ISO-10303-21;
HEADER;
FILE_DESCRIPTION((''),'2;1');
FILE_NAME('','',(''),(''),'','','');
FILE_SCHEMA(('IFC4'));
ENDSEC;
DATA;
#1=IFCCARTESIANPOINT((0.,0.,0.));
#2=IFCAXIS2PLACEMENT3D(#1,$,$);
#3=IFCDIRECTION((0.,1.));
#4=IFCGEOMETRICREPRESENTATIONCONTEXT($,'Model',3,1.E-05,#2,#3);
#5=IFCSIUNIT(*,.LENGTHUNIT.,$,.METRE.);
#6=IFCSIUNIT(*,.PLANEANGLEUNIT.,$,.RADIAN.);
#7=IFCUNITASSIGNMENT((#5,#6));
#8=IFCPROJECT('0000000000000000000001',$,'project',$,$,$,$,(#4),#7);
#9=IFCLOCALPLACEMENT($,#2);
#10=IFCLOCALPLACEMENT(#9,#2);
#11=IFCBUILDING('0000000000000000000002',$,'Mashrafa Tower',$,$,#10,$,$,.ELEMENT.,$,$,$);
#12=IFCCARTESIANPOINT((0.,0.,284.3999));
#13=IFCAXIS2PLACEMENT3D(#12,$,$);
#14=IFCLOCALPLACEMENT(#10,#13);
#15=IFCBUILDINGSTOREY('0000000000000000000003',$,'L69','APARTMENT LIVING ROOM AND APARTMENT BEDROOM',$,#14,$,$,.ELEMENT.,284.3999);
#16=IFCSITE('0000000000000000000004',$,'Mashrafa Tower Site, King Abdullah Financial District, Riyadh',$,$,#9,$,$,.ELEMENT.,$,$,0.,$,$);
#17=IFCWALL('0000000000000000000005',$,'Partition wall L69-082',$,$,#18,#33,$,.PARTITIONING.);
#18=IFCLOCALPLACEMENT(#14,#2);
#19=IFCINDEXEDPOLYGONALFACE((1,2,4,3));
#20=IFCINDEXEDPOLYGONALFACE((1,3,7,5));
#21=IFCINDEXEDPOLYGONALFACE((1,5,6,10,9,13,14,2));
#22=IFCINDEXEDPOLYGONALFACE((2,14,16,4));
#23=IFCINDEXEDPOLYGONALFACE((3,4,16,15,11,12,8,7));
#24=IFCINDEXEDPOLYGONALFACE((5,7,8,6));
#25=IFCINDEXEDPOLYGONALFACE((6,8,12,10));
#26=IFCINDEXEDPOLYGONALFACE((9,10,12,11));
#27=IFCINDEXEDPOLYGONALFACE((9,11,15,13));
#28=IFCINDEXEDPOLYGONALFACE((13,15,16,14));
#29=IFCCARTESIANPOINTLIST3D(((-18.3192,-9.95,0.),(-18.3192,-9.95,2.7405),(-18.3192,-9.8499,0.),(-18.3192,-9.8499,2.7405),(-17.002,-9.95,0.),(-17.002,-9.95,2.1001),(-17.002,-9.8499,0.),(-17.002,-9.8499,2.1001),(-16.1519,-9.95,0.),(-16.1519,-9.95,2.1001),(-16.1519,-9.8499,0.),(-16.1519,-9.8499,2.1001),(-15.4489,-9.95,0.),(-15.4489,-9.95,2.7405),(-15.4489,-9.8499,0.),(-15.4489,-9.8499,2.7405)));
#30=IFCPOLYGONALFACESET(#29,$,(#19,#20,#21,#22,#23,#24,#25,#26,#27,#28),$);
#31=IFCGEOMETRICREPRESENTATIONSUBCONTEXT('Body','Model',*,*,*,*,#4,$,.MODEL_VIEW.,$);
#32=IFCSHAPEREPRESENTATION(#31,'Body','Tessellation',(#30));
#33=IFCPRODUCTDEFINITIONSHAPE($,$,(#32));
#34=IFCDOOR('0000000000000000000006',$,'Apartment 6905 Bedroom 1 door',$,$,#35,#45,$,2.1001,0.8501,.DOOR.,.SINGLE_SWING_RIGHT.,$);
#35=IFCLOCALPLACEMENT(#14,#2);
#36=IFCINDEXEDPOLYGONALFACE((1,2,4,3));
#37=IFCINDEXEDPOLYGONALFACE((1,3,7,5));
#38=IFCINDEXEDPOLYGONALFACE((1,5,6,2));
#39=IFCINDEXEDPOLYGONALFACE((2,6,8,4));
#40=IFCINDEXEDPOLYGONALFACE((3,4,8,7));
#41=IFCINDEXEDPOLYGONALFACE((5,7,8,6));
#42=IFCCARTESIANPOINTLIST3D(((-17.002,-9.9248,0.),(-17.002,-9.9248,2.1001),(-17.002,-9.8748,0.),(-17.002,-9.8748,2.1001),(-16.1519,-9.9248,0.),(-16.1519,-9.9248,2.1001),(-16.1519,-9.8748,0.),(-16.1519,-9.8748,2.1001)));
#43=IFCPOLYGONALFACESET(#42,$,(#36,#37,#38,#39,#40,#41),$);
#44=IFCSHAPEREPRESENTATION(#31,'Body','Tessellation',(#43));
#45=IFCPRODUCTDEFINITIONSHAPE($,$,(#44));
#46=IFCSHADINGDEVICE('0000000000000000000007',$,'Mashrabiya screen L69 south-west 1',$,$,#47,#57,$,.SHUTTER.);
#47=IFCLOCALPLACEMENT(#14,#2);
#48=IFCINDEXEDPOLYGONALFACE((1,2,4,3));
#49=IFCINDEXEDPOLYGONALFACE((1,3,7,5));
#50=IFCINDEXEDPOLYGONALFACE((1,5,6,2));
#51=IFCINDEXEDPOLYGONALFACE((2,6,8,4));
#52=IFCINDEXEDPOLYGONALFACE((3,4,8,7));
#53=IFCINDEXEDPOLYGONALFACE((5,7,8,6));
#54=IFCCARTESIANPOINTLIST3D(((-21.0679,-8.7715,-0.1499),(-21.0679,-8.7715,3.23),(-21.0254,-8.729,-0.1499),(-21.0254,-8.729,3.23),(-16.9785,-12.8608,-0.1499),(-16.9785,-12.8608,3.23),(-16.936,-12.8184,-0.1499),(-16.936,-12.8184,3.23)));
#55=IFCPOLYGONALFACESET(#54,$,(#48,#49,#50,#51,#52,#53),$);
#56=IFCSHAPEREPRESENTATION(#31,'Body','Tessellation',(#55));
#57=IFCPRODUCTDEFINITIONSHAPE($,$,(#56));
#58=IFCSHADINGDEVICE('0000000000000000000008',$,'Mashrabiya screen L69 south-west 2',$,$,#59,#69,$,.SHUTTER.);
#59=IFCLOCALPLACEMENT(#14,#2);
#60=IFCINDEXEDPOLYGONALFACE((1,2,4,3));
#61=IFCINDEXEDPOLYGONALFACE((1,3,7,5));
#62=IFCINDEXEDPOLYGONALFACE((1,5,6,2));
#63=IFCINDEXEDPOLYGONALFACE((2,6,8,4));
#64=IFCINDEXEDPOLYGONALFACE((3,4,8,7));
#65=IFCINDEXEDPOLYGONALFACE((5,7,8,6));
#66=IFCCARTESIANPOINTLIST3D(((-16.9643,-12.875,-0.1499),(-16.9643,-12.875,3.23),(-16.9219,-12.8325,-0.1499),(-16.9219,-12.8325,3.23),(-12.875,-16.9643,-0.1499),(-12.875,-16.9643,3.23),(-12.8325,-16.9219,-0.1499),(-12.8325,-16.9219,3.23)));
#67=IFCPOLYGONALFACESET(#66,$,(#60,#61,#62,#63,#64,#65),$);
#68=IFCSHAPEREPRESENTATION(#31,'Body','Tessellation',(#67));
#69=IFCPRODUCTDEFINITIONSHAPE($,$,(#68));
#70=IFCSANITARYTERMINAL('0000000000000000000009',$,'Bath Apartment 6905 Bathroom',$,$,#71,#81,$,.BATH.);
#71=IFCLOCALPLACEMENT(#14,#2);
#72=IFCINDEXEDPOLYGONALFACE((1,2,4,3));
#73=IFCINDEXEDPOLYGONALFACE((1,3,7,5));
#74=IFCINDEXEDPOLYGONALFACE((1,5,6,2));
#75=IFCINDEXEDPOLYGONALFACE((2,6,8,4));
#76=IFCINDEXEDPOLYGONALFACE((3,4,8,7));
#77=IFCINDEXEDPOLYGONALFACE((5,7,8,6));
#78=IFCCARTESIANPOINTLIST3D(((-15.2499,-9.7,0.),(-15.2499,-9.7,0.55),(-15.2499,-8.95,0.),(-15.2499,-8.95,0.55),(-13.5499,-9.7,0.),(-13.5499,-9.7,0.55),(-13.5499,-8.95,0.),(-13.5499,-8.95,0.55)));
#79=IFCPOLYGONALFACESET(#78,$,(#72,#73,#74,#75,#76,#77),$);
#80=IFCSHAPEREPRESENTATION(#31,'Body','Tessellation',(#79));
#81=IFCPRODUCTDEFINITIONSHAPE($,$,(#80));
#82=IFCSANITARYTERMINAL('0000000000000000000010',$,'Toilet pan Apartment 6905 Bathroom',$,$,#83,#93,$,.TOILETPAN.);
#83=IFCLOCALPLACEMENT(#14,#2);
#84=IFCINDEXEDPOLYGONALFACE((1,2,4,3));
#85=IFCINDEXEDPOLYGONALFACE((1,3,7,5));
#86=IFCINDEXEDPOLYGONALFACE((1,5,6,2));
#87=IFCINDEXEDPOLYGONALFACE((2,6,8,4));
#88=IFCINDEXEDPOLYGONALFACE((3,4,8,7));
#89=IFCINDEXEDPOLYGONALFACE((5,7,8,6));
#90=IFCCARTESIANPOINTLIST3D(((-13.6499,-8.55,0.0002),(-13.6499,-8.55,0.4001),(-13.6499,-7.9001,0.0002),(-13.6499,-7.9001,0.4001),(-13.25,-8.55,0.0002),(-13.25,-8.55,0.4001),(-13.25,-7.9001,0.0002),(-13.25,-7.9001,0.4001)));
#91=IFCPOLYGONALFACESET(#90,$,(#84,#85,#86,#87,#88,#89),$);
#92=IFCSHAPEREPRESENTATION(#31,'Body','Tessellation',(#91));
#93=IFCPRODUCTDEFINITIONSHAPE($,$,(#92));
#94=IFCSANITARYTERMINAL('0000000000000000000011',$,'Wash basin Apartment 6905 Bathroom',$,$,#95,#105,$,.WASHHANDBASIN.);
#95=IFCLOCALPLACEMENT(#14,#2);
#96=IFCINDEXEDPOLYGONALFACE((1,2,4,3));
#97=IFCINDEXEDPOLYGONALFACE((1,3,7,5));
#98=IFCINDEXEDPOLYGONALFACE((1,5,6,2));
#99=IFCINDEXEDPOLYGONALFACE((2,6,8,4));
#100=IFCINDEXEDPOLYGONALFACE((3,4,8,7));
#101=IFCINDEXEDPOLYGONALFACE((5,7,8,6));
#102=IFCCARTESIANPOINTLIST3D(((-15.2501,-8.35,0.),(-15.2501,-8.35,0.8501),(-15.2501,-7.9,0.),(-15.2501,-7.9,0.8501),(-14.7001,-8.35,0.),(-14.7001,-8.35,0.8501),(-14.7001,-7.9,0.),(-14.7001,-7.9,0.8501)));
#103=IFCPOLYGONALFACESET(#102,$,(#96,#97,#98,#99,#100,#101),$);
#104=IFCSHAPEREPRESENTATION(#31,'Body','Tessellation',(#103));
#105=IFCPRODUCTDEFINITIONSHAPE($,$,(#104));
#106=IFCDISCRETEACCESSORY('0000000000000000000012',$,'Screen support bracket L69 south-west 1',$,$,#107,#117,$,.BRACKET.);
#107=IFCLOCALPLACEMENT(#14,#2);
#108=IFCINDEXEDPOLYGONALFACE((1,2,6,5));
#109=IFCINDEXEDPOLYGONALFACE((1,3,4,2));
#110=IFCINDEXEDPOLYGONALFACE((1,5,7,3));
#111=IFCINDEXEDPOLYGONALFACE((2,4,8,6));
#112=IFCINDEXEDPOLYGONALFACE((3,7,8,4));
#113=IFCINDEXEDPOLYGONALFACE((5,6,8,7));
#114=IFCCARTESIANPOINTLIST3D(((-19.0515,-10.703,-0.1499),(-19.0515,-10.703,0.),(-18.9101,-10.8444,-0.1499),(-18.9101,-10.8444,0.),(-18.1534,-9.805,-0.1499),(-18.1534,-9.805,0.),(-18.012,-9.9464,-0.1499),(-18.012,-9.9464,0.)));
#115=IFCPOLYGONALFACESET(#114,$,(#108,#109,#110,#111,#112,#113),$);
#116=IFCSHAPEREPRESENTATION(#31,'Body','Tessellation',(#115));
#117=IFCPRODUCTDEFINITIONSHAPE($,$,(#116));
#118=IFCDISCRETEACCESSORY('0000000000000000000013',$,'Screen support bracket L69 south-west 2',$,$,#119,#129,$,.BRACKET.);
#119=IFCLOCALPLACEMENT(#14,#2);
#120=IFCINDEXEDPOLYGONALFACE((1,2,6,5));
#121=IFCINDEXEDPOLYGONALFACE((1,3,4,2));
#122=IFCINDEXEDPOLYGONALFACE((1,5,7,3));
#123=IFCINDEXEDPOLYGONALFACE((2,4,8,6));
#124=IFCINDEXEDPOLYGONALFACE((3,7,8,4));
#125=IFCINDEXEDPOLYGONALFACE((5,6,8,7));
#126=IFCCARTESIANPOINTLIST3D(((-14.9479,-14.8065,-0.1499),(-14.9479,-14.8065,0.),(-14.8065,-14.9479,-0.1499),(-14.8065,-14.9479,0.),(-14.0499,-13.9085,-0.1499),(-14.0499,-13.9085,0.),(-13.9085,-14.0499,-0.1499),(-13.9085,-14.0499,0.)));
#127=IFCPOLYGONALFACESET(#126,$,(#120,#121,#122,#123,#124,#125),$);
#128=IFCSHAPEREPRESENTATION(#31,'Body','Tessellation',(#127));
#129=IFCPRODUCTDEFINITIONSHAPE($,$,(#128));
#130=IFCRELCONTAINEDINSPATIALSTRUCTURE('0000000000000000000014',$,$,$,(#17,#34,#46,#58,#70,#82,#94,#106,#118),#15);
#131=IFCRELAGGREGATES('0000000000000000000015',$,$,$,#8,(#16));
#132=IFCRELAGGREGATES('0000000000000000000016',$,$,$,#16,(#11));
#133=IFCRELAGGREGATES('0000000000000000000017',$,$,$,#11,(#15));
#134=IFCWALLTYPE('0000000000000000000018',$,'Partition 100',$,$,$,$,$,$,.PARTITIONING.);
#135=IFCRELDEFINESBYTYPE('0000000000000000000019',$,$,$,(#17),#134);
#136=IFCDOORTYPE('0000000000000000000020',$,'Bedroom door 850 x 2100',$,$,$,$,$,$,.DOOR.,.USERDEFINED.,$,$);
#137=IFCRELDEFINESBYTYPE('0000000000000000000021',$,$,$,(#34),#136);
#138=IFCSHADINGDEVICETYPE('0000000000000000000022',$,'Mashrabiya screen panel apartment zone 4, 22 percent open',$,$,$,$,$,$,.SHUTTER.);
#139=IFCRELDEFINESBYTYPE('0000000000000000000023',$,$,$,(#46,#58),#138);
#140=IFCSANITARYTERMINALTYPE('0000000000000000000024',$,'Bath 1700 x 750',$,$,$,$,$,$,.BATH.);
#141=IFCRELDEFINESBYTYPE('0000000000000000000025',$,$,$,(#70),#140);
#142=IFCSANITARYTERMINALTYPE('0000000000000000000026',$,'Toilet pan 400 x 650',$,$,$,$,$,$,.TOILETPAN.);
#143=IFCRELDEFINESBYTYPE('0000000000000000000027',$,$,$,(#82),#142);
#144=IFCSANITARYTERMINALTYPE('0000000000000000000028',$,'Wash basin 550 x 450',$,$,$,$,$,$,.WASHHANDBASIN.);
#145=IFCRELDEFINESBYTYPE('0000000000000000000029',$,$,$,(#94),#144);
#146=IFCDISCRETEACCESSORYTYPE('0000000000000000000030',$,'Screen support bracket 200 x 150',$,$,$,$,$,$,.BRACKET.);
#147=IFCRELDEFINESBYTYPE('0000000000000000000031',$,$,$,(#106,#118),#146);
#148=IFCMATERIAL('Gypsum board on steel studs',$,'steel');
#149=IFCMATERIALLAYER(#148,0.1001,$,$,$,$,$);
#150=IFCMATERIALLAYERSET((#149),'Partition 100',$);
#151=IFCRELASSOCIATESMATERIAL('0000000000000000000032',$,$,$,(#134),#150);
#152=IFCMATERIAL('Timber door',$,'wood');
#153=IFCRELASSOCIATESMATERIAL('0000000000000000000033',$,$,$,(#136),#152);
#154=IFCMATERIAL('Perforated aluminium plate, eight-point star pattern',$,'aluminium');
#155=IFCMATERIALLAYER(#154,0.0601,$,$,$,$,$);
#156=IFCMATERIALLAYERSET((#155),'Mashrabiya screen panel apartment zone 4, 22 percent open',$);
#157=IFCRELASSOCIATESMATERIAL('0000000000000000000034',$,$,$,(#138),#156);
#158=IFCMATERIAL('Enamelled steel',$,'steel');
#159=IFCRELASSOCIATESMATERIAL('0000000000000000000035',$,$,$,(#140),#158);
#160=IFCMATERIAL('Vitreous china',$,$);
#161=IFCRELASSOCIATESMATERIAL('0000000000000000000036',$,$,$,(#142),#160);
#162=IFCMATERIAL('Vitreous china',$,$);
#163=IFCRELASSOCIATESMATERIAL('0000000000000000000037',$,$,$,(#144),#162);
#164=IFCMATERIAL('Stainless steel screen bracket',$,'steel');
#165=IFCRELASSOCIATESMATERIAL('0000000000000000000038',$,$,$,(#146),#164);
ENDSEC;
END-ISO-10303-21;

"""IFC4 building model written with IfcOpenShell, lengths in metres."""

from ifc_helpers import new_model, si_unit, direction, frame, frame_2d, origin, origin_2d, place, context, subcontext, project, spatial, rectangle, extrude, source, transform, mapped, material, layer, layer_set, type_object, type_shapes, element, fill, save


model = new_model("IFC4")

# Units and contexts
model_context = context("Model", 3, precision=1e-05, world=origin(), true_north=direction((0.0, 1.0)))
body_context = subcontext(model_context, "Body", "Model", "MODEL_VIEW")
ifc_project = project(units=[si_unit("LENGTHUNIT", "METRE"), si_unit("PLANEANGLEUNIT", "RADIAN")], contexts=[model_context])

# Site, building, storey
site_placement = place(None, origin())
site = spatial("IfcSite", under=ifc_project, at=site_placement, Name="Mashrafa Tower Site, King Abdullah Financial District, Riyadh", CompositionType="ELEMENT", RefElevation=0.0)
building_placement = place(site_placement, origin())
building = spatial("IfcBuilding", under=site, at=building_placement, Name="Mashrafa Tower", CompositionType="ELEMENT")
storey_placement = place(building_placement, frame((0.0, 0.0, 284.3999)))
storey = spatial("IfcBuildingStorey", under=building, at=storey_placement, Name="L69", Description="APARTMENT LIVING ROOM AND APARTMENT BEDROOM", CompositionType="ELEMENT", Elevation=284.3999)

# Shared definitions
ifc_material_1 = material(Name="Gypsum board on steel studs", Category="steel")
ifc_layer_1 = layer(ifc_material_1, 0.1001)
ifc_layer_set_1 = layer_set([ifc_layer_1], Name="Partition 100")
wall_type_1 = type_object("IfcWallType", Name="Partition 100", PredefinedType="PARTITIONING", material=ifc_layer_set_1)

# Wall, opening, door
wall_1_placement = place(storey_placement, frame((-15.449, -9.8999, 0.0), z_axis=(0.0, 0.0, 1.0), x_axis=(-1.0, 0.0, 0.0)))
wall_1 = element("IfcWall", 1, at=wall_1_placement, inside=storey, type_object=wall_type_1, Name="Partition wall L69-082", PredefinedType="PARTITIONING", context=body_context, shape_type="SweptSolid", body=[
    extrude(rectangle(XDim=2.8704, YDim=0.1001, at=frame_2d((1.4351, 0.0))), origin(), (0.0, 0.0, 1.0), 2.7405),
])
opening_placement = place(wall_1_placement, frame((0.7029, 0.0, 0.0)))
opening = element("IfcOpeningElement", 2, at=opening_placement, cuts=wall_1, PredefinedType="OPENING", context=body_context, shape_type="SweptSolid", body=[
    extrude(rectangle(XDim=0.8501, YDim=2.1001, at=frame_2d((0.425, 1.05))), frame((0.0, 0.0601, 0.0), z_axis=(0.0, -1.0, 0.0), x_axis=(1.0, 0.0, 0.0)), (0.0, 0.0, 1.0), 0.1201),
])
ifc_material_2 = material(Name="Timber door", Category="wood")
door_type = type_object("IfcDoorType", Name="Bedroom door 850 x 2100", OperationType="USERDEFINED", PredefinedType="DOOR", material=ifc_material_2)
door_placement = place(opening_placement, origin())
door = element("IfcDoor", 3, at=door_placement, inside=storey, type_object=door_type, Name="Apartment 6905 Bedroom 1 door", OperationType="SINGLE_SWING_RIGHT", OverallHeight=2.1001, OverallWidth=0.8501, PredefinedType="DOOR", context=body_context, shape_type="SweptSolid", body=[
    extrude(rectangle(XDim=0.8501, YDim=2.1001, at=frame_2d((0.425, 1.05))), frame((0.0, 0.0249, 0.0), z_axis=(0.0, -1.0, 0.0), x_axis=(1.0, 0.0, 0.0)), (0.0, 0.0, 1.0), 0.05),
])
fill(opening, door)

# Shading devices
ifc_material_3 = material(Name="Perforated aluminium plate, eight-point star pattern", Category="aluminium")
ifc_layer_2 = layer(ifc_material_3, 0.0601)
ifc_layer_set_2 = layer_set([ifc_layer_2], Name="Mashrabiya screen panel apartment zone 4, 22 percent open")
shading_device_type = type_object("IfcShadingDeviceType", Name="Mashrabiya screen panel apartment zone 4, 22 percent open", PredefinedType="SHUTTER", material=ifc_layer_set_2)
shared_shape_1 = source(origin(), body_context, "Body", "SweptSolid", [
    extrude(rectangle(XDim=5.7832, YDim=0.0601, at=origin_2d()), origin(), (0.0, 0.0, 1.0), 3.3799),
])
type_shapes(shading_device_type, [shared_shape_1])
for number, where, z_axis, x_axis, name in (
    (4, (-19.002, -10.7949, -0.1499), (0.0, 0.0, 1.0), (0.707107, -0.707107, 0.0), "Mashrabiya screen L69 south-west 1"),
    (5, (-14.8984, -14.8984, -0.1499), (0.0, 0.0, 1.0), (0.707107, -0.707107, 0.0), "Mashrabiya screen L69 south-west 2"),
):
    element("IfcShadingDevice", number, at=place(storey_placement, frame(where, z_axis=z_axis, x_axis=x_axis)), inside=storey, type_object=shading_device_type, Name=name, PredefinedType="SHUTTER", context=body_context, shape_type="MappedRepresentation", body=[
        mapped(shared_shape_1, transform((0.0, 0.0, 0.0))),
    ])

# Sanitary terminals
ifc_material_4 = material(Name="Enamelled steel", Category="steel")
sanitary_terminal_type_1 = type_object("IfcSanitaryTerminalType", Name="Bath 1700 x 750", PredefinedType="BATH", material=ifc_material_4)
sanitary_terminal_1_placement = place(storey_placement, frame((-14.3999, -9.325, 0.0), z_axis=(0.0, 0.0, 1.0), x_axis=(1.0, 0.0, 0.0)))
element("IfcSanitaryTerminal", 6, at=sanitary_terminal_1_placement, inside=storey, type_object=sanitary_terminal_type_1, Name="Bath Apartment 6905 Bathroom", PredefinedType="BATH", context=body_context, shape_type="SweptSolid", body=[
    extrude(rectangle(XDim=1.7, YDim=0.75, at=origin_2d()), origin(), (0.0, 0.0, 1.0), 0.55),
])
ifc_material_5 = material(Name="Vitreous china")
sanitary_terminal_type_2 = type_object("IfcSanitaryTerminalType", Name="Toilet pan 400 x 650", PredefinedType="TOILETPAN", material=ifc_material_5)
sanitary_terminal_2_placement = place(storey_placement, frame((-13.45, -8.2251, 0.0002), z_axis=(0.0, 0.0, 1.0), x_axis=(-1.0, 0.0, 0.0)))
element("IfcSanitaryTerminal", 7, at=sanitary_terminal_2_placement, inside=storey, type_object=sanitary_terminal_type_2, Name="Toilet pan Apartment 6905 Bathroom", PredefinedType="TOILETPAN", context=body_context, shape_type="SweptSolid", body=[
    extrude(rectangle(XDim=0.3999, YDim=0.6499, at=origin_2d()), origin(), (0.0, 0.0, 1.0), 0.3999),
])
ifc_material_6 = material(Name="Vitreous china")
sanitary_terminal_type_3 = type_object("IfcSanitaryTerminalType", Name="Wash basin 550 x 450", PredefinedType="WASHHANDBASIN", material=ifc_material_6)
sanitary_terminal_3_placement = place(storey_placement, frame((-14.9751, -8.125, 0.0), z_axis=(0.0, 0.0, 1.0), x_axis=(-1.0, 0.0, 0.0)))
element("IfcSanitaryTerminal", 8, at=sanitary_terminal_3_placement, inside=storey, type_object=sanitary_terminal_type_3, Name="Wash basin Apartment 6905 Bathroom", PredefinedType="WASHHANDBASIN", context=body_context, shape_type="SweptSolid", body=[
    extrude(rectangle(XDim=0.55, YDim=0.45, at=origin_2d()), origin(), (0.0, 0.0, 1.0), 0.8501),
])

# Discrete accessories
ifc_material_7 = material(Name="Stainless steel screen bracket", Category="steel")
discrete_accessory_type = type_object("IfcDiscreteAccessoryType", Name="Screen support bracket 200 x 150", PredefinedType="BRACKET", material=ifc_material_7)
shared_shape_2 = source(origin(), body_context, "Body", "SweptSolid", [
    extrude(rectangle(XDim=0.2, YDim=1.27, at=origin_2d()), origin(), (0.0, 0.0, 1.0), 0.1499),
])
type_shapes(discrete_accessory_type, [shared_shape_2])
for number, where, z_axis, x_axis, name in (
    (9, (-18.5317, -10.3247, -0.1499), (0.0, 0.0, 1.0), (0.707107, -0.707107, 0.0), "Screen support bracket L69 south-west 1"),
    (10, (-14.4282, -14.4282, -0.1499), (0.0, 0.0, 1.0), (0.707107, -0.707107, 0.0), "Screen support bracket L69 south-west 2"),
):
    element("IfcDiscreteAccessory", number, at=place(storey_placement, frame(where, z_axis=z_axis, x_axis=x_axis)), inside=storey, type_object=discrete_accessory_type, Name=name, PredefinedType="BRACKET", context=body_context, shape_type="MappedRepresentation", body=[
        mapped(shared_shape_2, transform((0.0, 0.0, 0.0))),
    ])

save(model, "model.ifc")
